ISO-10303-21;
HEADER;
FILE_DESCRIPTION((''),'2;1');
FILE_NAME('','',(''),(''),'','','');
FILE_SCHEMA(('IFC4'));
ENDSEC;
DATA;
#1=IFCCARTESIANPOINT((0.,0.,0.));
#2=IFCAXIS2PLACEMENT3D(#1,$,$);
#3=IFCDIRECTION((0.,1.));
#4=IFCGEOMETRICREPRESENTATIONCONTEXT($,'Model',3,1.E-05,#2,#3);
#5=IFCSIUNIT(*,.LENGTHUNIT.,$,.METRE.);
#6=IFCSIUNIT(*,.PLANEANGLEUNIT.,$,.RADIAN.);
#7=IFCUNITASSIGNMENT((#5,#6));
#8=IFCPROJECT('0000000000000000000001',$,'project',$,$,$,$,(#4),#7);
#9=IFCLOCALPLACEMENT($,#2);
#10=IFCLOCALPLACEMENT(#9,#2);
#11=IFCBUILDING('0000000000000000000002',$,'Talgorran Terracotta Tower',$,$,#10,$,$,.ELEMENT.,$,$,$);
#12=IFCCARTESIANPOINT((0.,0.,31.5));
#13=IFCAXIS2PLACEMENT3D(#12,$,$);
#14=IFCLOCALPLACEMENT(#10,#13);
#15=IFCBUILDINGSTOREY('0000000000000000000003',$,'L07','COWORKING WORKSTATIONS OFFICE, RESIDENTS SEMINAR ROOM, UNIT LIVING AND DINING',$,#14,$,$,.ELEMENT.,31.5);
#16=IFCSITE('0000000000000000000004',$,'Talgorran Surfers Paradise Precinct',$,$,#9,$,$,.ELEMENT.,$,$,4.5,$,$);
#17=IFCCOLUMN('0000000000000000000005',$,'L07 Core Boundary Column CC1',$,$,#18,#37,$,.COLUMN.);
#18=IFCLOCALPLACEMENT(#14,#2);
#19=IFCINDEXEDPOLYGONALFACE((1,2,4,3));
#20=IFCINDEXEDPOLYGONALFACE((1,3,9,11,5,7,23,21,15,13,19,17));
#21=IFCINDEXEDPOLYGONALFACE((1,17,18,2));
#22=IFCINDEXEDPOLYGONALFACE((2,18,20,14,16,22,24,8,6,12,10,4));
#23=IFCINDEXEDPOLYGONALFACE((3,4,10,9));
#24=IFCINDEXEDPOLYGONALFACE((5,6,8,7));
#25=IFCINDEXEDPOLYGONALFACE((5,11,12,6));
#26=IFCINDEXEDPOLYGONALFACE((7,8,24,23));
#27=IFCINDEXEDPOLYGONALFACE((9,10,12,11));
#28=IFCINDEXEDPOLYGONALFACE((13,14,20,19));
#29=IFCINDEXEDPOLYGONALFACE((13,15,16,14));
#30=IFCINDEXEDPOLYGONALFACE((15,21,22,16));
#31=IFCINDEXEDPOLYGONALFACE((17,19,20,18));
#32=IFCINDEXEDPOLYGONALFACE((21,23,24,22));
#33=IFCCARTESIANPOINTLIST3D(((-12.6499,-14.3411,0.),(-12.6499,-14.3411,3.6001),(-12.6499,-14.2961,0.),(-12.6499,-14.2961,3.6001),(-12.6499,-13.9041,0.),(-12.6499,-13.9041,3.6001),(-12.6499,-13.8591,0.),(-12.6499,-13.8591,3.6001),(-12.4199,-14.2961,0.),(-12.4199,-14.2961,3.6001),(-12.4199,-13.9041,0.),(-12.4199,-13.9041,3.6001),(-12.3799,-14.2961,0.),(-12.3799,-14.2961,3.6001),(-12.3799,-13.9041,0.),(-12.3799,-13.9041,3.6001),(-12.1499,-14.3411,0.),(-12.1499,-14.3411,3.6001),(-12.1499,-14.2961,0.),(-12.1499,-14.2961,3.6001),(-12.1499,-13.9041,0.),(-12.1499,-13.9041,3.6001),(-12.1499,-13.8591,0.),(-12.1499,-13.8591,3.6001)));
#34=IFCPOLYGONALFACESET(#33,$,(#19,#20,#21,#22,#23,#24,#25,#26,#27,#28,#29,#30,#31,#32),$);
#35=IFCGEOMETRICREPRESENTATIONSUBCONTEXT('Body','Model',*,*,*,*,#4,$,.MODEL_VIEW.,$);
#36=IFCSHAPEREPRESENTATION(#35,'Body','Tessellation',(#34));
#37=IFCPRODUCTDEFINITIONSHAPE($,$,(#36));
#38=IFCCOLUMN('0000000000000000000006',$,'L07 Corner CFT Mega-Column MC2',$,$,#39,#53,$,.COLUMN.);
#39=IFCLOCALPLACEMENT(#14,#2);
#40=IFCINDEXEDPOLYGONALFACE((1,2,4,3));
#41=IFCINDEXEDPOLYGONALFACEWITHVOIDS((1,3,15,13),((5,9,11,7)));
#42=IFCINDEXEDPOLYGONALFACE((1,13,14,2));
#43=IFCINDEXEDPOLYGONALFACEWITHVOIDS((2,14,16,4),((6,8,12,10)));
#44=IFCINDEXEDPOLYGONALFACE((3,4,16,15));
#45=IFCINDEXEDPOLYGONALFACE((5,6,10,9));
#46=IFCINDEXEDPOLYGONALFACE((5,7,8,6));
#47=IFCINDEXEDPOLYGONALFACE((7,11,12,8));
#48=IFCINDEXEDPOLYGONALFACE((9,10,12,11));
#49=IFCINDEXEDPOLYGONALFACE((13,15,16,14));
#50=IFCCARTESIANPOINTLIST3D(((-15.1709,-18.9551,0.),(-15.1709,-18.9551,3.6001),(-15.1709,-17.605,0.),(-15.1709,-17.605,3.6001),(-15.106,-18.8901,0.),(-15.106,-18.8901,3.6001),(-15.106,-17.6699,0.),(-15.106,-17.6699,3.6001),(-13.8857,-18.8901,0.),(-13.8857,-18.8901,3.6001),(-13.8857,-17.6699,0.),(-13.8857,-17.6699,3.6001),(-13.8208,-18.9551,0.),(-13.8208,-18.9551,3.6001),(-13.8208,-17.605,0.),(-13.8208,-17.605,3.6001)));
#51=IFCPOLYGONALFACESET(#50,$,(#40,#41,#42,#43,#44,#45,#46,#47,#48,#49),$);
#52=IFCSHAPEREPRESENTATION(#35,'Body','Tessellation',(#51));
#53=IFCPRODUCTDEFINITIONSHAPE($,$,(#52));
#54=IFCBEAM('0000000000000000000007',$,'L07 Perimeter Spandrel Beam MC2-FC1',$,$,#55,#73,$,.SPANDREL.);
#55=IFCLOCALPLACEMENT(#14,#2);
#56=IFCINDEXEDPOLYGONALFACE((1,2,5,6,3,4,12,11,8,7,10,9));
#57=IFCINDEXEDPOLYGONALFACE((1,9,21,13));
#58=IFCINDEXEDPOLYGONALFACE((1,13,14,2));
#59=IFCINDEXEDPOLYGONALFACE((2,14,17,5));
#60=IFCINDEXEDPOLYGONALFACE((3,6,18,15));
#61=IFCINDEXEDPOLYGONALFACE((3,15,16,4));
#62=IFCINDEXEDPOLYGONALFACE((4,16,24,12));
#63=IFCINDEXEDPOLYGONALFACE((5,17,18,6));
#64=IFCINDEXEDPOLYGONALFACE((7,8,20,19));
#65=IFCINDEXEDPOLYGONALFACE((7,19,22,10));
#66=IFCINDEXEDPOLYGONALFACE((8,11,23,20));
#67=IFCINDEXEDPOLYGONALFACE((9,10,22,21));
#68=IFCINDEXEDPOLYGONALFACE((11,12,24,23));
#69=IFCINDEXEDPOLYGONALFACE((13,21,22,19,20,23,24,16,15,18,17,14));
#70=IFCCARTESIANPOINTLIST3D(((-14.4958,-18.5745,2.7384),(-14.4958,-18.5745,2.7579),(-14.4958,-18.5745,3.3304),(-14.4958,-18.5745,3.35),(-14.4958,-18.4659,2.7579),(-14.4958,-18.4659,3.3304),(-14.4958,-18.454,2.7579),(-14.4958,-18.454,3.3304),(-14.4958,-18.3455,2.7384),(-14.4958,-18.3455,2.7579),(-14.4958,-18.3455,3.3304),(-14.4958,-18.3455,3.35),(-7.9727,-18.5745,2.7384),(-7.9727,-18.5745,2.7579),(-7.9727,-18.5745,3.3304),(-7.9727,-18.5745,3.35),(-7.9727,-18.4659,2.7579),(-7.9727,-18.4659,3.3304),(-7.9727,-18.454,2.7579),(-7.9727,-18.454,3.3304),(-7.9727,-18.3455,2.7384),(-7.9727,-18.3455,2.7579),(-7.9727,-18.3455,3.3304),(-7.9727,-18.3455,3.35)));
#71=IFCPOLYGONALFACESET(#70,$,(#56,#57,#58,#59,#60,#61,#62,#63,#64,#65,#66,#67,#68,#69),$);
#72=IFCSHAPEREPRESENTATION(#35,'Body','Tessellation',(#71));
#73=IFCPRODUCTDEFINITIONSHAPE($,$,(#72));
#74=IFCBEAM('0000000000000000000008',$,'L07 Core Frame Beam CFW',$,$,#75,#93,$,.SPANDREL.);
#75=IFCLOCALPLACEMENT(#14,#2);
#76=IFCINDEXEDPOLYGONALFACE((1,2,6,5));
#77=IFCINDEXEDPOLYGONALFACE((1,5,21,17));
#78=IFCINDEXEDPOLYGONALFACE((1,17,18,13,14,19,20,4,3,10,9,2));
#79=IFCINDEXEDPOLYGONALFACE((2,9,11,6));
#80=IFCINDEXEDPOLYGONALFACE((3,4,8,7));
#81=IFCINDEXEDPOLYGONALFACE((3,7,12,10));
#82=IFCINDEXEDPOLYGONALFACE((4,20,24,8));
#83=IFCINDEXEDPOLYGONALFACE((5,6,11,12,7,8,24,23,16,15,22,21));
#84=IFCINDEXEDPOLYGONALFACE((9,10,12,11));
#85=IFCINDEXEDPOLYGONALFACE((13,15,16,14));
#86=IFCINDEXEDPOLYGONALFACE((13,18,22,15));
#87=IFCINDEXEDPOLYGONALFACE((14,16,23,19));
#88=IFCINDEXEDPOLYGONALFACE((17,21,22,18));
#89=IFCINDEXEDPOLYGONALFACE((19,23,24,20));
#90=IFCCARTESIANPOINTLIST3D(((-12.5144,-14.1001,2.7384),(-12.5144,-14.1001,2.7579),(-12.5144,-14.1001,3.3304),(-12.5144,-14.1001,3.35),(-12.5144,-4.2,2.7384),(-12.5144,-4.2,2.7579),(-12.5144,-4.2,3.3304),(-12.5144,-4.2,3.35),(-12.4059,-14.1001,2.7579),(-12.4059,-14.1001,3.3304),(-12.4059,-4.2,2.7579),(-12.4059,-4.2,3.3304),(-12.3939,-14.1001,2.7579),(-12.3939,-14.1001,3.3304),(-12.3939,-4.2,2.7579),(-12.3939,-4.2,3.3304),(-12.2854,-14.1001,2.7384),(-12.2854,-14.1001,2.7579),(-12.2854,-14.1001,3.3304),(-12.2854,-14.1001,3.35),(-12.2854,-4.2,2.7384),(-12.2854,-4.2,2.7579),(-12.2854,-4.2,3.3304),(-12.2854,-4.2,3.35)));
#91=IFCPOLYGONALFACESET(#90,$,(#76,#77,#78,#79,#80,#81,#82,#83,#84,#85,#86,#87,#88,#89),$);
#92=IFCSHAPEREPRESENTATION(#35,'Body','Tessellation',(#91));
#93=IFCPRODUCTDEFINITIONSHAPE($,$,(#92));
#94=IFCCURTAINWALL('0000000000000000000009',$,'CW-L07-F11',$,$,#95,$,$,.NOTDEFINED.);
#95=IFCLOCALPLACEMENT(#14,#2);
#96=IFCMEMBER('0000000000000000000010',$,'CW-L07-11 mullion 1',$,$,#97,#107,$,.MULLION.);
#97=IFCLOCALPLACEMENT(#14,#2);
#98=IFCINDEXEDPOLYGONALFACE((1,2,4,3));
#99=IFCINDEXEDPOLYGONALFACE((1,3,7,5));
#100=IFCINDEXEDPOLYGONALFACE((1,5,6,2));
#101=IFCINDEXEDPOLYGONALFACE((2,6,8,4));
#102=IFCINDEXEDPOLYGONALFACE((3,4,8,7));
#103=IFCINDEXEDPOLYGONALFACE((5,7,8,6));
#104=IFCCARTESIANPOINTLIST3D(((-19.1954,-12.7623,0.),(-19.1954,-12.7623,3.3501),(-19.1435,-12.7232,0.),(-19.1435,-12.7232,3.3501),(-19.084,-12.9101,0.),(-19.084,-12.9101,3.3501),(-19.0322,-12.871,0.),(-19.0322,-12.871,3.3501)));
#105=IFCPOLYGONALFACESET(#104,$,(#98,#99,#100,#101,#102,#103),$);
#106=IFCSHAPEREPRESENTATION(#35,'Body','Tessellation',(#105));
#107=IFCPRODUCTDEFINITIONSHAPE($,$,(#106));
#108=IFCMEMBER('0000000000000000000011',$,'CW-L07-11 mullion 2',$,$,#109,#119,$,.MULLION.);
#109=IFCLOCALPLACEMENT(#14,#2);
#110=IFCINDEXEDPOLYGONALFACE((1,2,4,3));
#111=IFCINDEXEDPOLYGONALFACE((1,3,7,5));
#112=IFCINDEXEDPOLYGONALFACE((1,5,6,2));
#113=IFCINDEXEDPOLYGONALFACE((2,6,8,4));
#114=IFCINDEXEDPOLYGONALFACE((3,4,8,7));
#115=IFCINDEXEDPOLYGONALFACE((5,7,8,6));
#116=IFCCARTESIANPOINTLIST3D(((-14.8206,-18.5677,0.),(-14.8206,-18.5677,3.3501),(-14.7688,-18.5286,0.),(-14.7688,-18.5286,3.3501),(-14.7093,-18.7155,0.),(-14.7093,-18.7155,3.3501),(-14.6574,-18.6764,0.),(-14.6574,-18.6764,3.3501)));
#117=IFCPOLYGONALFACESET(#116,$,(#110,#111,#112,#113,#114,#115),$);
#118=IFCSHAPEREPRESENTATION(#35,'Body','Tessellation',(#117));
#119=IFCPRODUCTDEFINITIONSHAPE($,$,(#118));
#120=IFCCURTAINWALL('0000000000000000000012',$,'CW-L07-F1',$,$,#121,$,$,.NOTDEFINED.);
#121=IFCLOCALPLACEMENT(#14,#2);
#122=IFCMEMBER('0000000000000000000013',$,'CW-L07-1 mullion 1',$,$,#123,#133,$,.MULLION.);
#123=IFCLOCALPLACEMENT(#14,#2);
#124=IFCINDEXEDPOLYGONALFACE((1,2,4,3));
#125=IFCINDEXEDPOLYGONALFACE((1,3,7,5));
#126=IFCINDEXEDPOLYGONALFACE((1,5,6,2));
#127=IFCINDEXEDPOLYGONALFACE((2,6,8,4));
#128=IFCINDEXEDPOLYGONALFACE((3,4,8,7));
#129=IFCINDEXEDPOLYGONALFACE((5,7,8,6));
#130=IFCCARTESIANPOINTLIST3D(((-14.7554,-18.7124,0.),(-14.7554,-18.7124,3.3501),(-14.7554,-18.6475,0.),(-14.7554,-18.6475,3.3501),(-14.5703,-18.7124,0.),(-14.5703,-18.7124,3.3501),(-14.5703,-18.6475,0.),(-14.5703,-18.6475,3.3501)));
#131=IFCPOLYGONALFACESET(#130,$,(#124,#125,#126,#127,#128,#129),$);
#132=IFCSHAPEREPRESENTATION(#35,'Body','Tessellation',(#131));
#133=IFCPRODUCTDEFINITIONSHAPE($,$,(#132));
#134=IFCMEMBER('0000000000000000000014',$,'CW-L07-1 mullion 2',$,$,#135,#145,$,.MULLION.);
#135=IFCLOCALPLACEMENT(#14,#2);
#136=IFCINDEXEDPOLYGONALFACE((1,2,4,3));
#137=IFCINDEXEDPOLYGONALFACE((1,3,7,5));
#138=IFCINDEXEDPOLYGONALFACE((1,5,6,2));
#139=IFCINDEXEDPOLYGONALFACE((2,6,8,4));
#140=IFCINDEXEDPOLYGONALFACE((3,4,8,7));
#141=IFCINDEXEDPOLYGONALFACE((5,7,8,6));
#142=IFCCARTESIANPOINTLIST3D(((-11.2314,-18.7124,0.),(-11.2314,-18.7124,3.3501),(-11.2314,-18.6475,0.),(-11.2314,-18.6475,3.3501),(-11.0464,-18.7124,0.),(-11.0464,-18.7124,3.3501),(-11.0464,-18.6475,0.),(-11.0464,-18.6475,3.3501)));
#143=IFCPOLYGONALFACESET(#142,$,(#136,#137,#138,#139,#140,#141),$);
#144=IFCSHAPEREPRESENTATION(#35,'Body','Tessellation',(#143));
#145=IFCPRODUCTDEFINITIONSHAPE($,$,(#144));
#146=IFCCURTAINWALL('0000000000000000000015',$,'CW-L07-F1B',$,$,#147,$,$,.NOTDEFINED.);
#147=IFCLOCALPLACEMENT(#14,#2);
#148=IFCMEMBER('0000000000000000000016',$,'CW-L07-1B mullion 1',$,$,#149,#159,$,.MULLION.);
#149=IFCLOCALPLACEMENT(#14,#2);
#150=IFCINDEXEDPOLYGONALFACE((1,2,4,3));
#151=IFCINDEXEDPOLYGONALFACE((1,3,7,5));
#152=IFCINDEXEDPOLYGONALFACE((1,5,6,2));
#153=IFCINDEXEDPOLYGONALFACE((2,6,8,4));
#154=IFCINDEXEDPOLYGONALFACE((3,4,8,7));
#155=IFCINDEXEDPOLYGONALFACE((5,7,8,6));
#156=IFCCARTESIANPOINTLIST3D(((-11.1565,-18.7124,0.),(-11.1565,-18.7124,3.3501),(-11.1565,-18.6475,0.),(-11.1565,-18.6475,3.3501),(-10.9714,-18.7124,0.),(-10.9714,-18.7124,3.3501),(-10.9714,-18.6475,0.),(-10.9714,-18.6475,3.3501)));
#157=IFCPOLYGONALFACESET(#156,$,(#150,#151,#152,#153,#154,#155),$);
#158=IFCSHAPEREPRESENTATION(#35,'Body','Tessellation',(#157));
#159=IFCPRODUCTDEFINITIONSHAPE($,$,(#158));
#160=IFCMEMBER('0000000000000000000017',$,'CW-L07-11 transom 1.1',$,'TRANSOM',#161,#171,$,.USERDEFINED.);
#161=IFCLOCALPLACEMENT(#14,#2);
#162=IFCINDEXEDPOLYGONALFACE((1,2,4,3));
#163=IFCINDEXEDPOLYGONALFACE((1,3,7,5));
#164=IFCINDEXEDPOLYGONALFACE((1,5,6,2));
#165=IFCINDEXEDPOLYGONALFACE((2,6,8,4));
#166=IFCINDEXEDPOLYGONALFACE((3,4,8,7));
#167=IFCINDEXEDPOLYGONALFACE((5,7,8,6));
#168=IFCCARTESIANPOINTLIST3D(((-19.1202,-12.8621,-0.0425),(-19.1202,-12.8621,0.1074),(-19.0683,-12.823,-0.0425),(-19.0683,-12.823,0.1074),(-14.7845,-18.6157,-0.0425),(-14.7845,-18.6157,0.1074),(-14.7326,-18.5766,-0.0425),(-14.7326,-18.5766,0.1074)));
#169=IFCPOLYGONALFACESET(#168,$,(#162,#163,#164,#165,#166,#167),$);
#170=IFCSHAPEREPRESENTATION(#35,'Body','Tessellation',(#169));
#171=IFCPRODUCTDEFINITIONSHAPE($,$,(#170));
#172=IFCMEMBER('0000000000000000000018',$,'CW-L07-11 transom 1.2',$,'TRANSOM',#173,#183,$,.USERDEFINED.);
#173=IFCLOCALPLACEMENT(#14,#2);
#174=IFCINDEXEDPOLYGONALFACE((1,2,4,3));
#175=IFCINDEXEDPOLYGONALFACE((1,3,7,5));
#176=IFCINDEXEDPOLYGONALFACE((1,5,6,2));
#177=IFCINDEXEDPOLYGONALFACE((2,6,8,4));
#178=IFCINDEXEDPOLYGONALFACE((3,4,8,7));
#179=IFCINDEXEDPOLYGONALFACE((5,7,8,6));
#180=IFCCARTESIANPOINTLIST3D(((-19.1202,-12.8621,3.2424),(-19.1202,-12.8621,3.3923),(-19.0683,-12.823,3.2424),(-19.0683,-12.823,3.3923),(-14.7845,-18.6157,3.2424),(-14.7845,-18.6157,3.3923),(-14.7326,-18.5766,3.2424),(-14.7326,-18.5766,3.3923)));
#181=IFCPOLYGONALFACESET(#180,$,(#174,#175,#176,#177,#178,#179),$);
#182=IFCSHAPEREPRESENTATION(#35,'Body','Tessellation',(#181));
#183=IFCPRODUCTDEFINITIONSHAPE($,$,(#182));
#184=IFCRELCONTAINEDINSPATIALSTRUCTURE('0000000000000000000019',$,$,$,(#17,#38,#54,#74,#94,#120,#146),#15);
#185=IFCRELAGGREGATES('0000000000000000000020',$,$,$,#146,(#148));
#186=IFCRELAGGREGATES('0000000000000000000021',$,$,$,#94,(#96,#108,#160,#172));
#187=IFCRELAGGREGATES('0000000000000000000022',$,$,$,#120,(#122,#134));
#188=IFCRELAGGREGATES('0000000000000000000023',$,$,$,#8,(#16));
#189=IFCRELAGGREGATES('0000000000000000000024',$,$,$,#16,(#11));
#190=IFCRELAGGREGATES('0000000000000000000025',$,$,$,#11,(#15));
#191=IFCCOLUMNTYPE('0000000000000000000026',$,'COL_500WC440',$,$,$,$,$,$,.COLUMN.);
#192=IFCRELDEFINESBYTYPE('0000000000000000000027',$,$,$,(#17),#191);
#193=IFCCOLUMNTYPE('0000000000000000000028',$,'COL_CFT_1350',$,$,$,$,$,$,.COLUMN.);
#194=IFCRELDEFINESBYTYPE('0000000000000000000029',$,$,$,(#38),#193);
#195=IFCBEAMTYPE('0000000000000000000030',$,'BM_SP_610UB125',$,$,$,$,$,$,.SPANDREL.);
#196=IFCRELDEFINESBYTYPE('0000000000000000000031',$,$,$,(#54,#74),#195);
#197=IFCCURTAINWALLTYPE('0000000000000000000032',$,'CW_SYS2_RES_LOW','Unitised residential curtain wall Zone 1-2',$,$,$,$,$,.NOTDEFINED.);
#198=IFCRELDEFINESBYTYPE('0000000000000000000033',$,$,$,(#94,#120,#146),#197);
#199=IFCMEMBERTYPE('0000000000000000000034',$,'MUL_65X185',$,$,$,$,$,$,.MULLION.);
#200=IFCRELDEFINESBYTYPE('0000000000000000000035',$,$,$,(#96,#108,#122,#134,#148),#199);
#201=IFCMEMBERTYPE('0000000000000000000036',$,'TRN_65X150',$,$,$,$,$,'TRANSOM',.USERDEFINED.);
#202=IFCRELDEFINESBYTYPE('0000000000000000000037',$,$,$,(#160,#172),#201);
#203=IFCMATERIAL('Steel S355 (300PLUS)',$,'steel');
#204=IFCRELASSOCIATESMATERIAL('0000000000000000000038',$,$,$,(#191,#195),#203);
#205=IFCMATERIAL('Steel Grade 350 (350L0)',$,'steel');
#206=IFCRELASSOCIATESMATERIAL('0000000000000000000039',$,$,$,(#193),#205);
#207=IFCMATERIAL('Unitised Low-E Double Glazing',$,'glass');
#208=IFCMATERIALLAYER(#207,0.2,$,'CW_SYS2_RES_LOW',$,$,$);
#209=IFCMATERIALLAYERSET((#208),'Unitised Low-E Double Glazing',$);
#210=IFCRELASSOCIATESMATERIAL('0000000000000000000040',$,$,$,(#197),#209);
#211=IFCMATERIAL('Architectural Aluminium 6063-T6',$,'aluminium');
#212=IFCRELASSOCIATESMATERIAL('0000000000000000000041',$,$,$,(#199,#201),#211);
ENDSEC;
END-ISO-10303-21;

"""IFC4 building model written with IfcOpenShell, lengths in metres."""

from ifc_helpers import new_model, si_unit, direction, frame, origin, origin_2d, place, context, subcontext, project, spatial, rectangle, hollow_rectangle, i_section, extrude, material, layer, layer_set, material_profile, profile_set, type_object, element, aggregate, save


model = new_model("IFC4")

# Units and contexts
model_context = context("Model", 3, precision=1e-05, world=origin(), true_north=direction((0.0, 1.0)))
body_context = subcontext(model_context, "Body", "Model", "MODEL_VIEW")
ifc_project = project(units=[si_unit("LENGTHUNIT", "METRE"), si_unit("PLANEANGLEUNIT", "RADIAN")], contexts=[model_context])

# Site, building, storey
site_placement = place(None, origin())
site = spatial("IfcSite", under=ifc_project, at=site_placement, Name="Talgorran Surfers Paradise Precinct", CompositionType="ELEMENT", RefElevation=4.5)
building_placement = place(site_placement, origin())
building = spatial("IfcBuilding", under=site, at=building_placement, Name="Talgorran Terracotta Tower", CompositionType="ELEMENT")
storey_placement = place(building_placement, frame((0.0, 0.0, 31.5)))
storey = spatial("IfcBuildingStorey", under=building, at=storey_placement, Name="L07", Description="COWORKING WORKSTATIONS OFFICE, RESIDENTS SEMINAR ROOM, UNIT LIVING AND DINING", CompositionType="ELEMENT", Elevation=31.5)

# Columns
ifc_material_1 = material(Name="Steel S355 (300PLUS)", Category="steel")
ifc_material_profile_1 = material_profile(ifc_material_1, i_section(OverallWidth=0.5, OverallDepth=0.4819, WebThickness=0.04, FlangeThickness=0.0449, at=origin_2d()), Name="500WC440")
ifc_profile_set_1 = profile_set([ifc_material_profile_1], Name="Steel S355 (300PLUS)")
column_type_1 = type_object("IfcColumnType", Name="COL_500WC440", PredefinedType="COLUMN", material=ifc_profile_set_1)
column_1_placement = place(storey_placement, frame((-12.3999, -14.1001, 0.0), z_axis=(0.0, 0.0, 1.0), x_axis=(1.0, 0.0, 0.0)))
element("IfcColumn", 1, at=column_1_placement, inside=storey, type_object=column_type_1, Name="L07 Core Boundary Column CC1", PredefinedType="COLUMN", context=body_context, shape_type="SweptSolid", body=[
    extrude(i_section(OverallWidth=0.5, OverallDepth=0.4819, WebThickness=0.04, FlangeThickness=0.0449, at=origin_2d()), origin(), (0.0, 0.0, 1.0), 3.6001),
])
ifc_material_2 = material(Name="Steel Grade 350 (350L0)", Category="steel")
ifc_material_profile_2 = material_profile(ifc_material_2, hollow_rectangle(XDim=1.3501, YDim=1.3501, WallThickness=0.0649, at=origin_2d()), Name="CFT1350X1350X65")
ifc_profile_set_2 = profile_set([ifc_material_profile_2], Name="Steel Grade 350 (350L0)")
column_type_2 = type_object("IfcColumnType", Name="COL_CFT_1350", PredefinedType="COLUMN", material=ifc_profile_set_2)
column_2_placement = place(storey_placement, frame((-14.4958, -18.28, 0.0), z_axis=(0.0, 0.0, 1.0), x_axis=(1.0, 0.0, 0.0)))
element("IfcColumn", 2, at=column_2_placement, inside=storey, type_object=column_type_2, Name="L07 Corner CFT Mega-Column MC2", PredefinedType="COLUMN", context=body_context, shape_type="SweptSolid", body=[
    extrude(hollow_rectangle(XDim=1.3501, YDim=1.3501, WallThickness=0.0649, at=origin_2d()), origin(), (0.0, 0.0, 1.0), 3.6001),
])

# Beams
ifc_material_profile_3 = material_profile(ifc_material_1, i_section(OverallWidth=0.229, OverallDepth=0.6116, WebThickness=0.012, FlangeThickness=0.0195, at=origin_2d()), Name="610UB125")
ifc_profile_set_3 = profile_set([ifc_material_profile_3], Name="Steel S355 (300PLUS)")
beam_type = type_object("IfcBeamType", Name="BM_SP_610UB125", PredefinedType="SPANDREL", material=ifc_profile_set_3)
beam_1_placement = place(storey_placement, frame((-14.4958, -18.46, 3.0442), z_axis=(1.0, 0.0, 0.0), x_axis=(0.0, 1.0, 0.0)))
element("IfcBeam", 3, at=beam_1_placement, inside=storey, type_object=beam_type, Name="L07 Perimeter Spandrel Beam MC2-FC1", PredefinedType="SPANDREL", context=body_context, shape_type="SweptSolid", body=[
    extrude(i_section(OverallWidth=0.229, OverallDepth=0.6116, WebThickness=0.012, FlangeThickness=0.0195, at=origin_2d()), origin(), (0.0, 0.0, 1.0), 6.5232),
])
beam_2_placement = place(storey_placement, frame((-12.3999, -14.1001, 3.0442), z_axis=(0.0, 1.0, 0.0), x_axis=(-1.0, 0.0, 0.0)))
element("IfcBeam", 4, at=beam_2_placement, inside=storey, type_object=beam_type, Name="L07 Core Frame Beam CFW", PredefinedType="SPANDREL", context=body_context, shape_type="SweptSolid", body=[
    extrude(i_section(OverallWidth=0.229, OverallDepth=0.6116, WebThickness=0.012, FlangeThickness=0.0195, at=origin_2d()), origin(), (0.0, 0.0, 1.0), 9.9001),
])

# Curtain walls, members
ifc_material_3 = material(Name="Unitised Low-E Double Glazing", Category="glass")
ifc_layer_1 = layer(ifc_material_3, 0.2, Name="CW_SYS2_RES_LOW")
ifc_layer_set_1 = layer_set([ifc_layer_1], Name="Unitised Low-E Double Glazing")
curtain_wall_type = type_object("IfcCurtainWallType", Name="CW_SYS2_RES_LOW", Description="Unitised residential curtain wall Zone 1-2", PredefinedType="NOTDEFINED", material=ifc_layer_set_1)
curtain_wall_1_placement = place(storey_placement, origin())
curtain_wall_1 = element("IfcCurtainWall", 5, at=curtain_wall_1_placement, inside=storey, type_object=curtain_wall_type, Name="CW-L07-F11", PredefinedType="NOTDEFINED")
ifc_material_4 = material(Name="Architectural Aluminium 6063-T6", Category="aluminium")
ifc_material_profile_4 = material_profile(ifc_material_4, rectangle(XDim=0.0649, YDim=0.1851, at=origin_2d()), Name="CWM65X185")
ifc_profile_set_4 = profile_set([ifc_material_profile_4], Name="Architectural Aluminium 6063-T6")
member_type_1 = type_object("IfcMemberType", Name="MUL_65X185", PredefinedType="MULLION", material=ifc_profile_set_4)
member_1_placement = place(storey_placement, frame((-19.1138, -12.8167, 0.0), z_axis=(0.0, 0.0, 1.0), x_axis=(0.798638, 0.601811, 0.0)))
member_1 = element("IfcMember", 6, at=member_1_placement, type_object=member_type_1, Name="CW-L07-11 mullion 1", PredefinedType="MULLION", context=body_context, shape_type="SweptSolid", body=[
    extrude(rectangle(XDim=0.0649, YDim=0.1851, at=origin_2d()), origin(), (0.0, 0.0, 1.0), 3.3501),
])
member_2_placement = place(storey_placement, frame((-14.739, -18.6221, 0.0), z_axis=(0.0, 0.0, 1.0), x_axis=(0.798638, 0.601811, 0.0)))
member_2 = element("IfcMember", 7, at=member_2_placement, type_object=member_type_1, Name="CW-L07-11 mullion 2", PredefinedType="MULLION", context=body_context, shape_type="SweptSolid", body=[
    extrude(rectangle(XDim=0.0649, YDim=0.1851, at=origin_2d()), origin(), (0.0, 0.0, 1.0), 3.3501),
])
curtain_wall_2_placement = place(storey_placement, origin())
curtain_wall_2 = element("IfcCurtainWall", 8, at=curtain_wall_2_placement, inside=storey, type_object=curtain_wall_type, Name="CW-L07-F1", PredefinedType="NOTDEFINED")
member_3_placement = place(storey_placement, frame((-14.6628, -18.6799, 0.0), z_axis=(0.0, 0.0, 1.0), x_axis=(0.0, 1.0, 0.0)))
member_3 = element("IfcMember", 9, at=member_3_placement, type_object=member_type_1, Name="CW-L07-1 mullion 1", PredefinedType="MULLION", context=body_context, shape_type="SweptSolid", body=[
    extrude(rectangle(XDim=0.0649, YDim=0.1851, at=origin_2d()), origin(), (0.0, 0.0, 1.0), 3.3501),
])
member_4_placement = place(storey_placement, frame((-11.1389, -18.6799, 0.0), z_axis=(0.0, 0.0, 1.0), x_axis=(0.0, 1.0, 0.0)))
member_4 = element("IfcMember", 10, at=member_4_placement, type_object=member_type_1, Name="CW-L07-1 mullion 2", PredefinedType="MULLION", context=body_context, shape_type="SweptSolid", body=[
    extrude(rectangle(XDim=0.0649, YDim=0.1851, at=origin_2d()), origin(), (0.0, 0.0, 1.0), 3.3501),
])

# Curtain wall, member
curtain_wall_3_placement = place(storey_placement, origin())
curtain_wall_3 = element("IfcCurtainWall", 11, at=curtain_wall_3_placement, inside=storey, type_object=curtain_wall_type, Name="CW-L07-F1B", PredefinedType="NOTDEFINED")
member_5_placement = place(storey_placement, frame((-11.064, -18.6799, 0.0), z_axis=(0.0, 0.0, 1.0), x_axis=(0.0, 1.0, 0.0)))
member_5 = element("IfcMember", 12, at=member_5_placement, type_object=member_type_1, Name="CW-L07-1B mullion 1", PredefinedType="MULLION", context=body_context, shape_type="SweptSolid", body=[
    extrude(rectangle(XDim=0.0649, YDim=0.1851, at=origin_2d()), origin(), (0.0, 0.0, 1.0), 3.3501),
])
aggregate(curtain_wall_3, [member_5])

# Members
ifc_material_profile_5 = material_profile(ifc_material_4, rectangle(XDim=0.0649, YDim=0.1499, at=origin_2d()), Name="CWT65X150")
ifc_profile_set_5 = profile_set([ifc_material_profile_5], Name="Architectural Aluminium 6063-T6")
member_type_2 = type_object("IfcMemberType", Name="TRN_65X150", ElementType="TRANSOM", PredefinedType="USERDEFINED", material=ifc_profile_set_5)
member_6_placement = place(storey_placement, frame((-19.0942, -12.8425, 0.0325), z_axis=(0.601815, -0.798636, 0.0), x_axis=(0.798636, 0.601815, 0.0)))
member_6 = element("IfcMember", 13, at=member_6_placement, type_object=member_type_2, Name="CW-L07-11 transom 1.1", ObjectType="TRANSOM", PredefinedType="USERDEFINED", context=body_context, shape_type="SweptSolid", body=[
    extrude(rectangle(XDim=0.0649, YDim=0.1499, at=origin_2d()), origin(), (0.0, 0.0, 1.0), 7.2043),
])
member_7_placement = place(storey_placement, frame((-19.0942, -12.8425, 3.3174), z_axis=(0.601815, -0.798636, 0.0), x_axis=(0.798636, 0.601815, 0.0)))
member_7 = element("IfcMember", 14, at=member_7_placement, type_object=member_type_2, Name="CW-L07-11 transom 1.2", ObjectType="TRANSOM", PredefinedType="USERDEFINED", context=body_context, shape_type="SweptSolid", body=[
    extrude(rectangle(XDim=0.0649, YDim=0.1499, at=origin_2d()), origin(), (0.0, 0.0, 1.0), 7.2043),
])

aggregate(curtain_wall_1, [member_1, member_2, member_6, member_7])
aggregate(curtain_wall_2, [member_3, member_4])

save(model, "model.ifc")
